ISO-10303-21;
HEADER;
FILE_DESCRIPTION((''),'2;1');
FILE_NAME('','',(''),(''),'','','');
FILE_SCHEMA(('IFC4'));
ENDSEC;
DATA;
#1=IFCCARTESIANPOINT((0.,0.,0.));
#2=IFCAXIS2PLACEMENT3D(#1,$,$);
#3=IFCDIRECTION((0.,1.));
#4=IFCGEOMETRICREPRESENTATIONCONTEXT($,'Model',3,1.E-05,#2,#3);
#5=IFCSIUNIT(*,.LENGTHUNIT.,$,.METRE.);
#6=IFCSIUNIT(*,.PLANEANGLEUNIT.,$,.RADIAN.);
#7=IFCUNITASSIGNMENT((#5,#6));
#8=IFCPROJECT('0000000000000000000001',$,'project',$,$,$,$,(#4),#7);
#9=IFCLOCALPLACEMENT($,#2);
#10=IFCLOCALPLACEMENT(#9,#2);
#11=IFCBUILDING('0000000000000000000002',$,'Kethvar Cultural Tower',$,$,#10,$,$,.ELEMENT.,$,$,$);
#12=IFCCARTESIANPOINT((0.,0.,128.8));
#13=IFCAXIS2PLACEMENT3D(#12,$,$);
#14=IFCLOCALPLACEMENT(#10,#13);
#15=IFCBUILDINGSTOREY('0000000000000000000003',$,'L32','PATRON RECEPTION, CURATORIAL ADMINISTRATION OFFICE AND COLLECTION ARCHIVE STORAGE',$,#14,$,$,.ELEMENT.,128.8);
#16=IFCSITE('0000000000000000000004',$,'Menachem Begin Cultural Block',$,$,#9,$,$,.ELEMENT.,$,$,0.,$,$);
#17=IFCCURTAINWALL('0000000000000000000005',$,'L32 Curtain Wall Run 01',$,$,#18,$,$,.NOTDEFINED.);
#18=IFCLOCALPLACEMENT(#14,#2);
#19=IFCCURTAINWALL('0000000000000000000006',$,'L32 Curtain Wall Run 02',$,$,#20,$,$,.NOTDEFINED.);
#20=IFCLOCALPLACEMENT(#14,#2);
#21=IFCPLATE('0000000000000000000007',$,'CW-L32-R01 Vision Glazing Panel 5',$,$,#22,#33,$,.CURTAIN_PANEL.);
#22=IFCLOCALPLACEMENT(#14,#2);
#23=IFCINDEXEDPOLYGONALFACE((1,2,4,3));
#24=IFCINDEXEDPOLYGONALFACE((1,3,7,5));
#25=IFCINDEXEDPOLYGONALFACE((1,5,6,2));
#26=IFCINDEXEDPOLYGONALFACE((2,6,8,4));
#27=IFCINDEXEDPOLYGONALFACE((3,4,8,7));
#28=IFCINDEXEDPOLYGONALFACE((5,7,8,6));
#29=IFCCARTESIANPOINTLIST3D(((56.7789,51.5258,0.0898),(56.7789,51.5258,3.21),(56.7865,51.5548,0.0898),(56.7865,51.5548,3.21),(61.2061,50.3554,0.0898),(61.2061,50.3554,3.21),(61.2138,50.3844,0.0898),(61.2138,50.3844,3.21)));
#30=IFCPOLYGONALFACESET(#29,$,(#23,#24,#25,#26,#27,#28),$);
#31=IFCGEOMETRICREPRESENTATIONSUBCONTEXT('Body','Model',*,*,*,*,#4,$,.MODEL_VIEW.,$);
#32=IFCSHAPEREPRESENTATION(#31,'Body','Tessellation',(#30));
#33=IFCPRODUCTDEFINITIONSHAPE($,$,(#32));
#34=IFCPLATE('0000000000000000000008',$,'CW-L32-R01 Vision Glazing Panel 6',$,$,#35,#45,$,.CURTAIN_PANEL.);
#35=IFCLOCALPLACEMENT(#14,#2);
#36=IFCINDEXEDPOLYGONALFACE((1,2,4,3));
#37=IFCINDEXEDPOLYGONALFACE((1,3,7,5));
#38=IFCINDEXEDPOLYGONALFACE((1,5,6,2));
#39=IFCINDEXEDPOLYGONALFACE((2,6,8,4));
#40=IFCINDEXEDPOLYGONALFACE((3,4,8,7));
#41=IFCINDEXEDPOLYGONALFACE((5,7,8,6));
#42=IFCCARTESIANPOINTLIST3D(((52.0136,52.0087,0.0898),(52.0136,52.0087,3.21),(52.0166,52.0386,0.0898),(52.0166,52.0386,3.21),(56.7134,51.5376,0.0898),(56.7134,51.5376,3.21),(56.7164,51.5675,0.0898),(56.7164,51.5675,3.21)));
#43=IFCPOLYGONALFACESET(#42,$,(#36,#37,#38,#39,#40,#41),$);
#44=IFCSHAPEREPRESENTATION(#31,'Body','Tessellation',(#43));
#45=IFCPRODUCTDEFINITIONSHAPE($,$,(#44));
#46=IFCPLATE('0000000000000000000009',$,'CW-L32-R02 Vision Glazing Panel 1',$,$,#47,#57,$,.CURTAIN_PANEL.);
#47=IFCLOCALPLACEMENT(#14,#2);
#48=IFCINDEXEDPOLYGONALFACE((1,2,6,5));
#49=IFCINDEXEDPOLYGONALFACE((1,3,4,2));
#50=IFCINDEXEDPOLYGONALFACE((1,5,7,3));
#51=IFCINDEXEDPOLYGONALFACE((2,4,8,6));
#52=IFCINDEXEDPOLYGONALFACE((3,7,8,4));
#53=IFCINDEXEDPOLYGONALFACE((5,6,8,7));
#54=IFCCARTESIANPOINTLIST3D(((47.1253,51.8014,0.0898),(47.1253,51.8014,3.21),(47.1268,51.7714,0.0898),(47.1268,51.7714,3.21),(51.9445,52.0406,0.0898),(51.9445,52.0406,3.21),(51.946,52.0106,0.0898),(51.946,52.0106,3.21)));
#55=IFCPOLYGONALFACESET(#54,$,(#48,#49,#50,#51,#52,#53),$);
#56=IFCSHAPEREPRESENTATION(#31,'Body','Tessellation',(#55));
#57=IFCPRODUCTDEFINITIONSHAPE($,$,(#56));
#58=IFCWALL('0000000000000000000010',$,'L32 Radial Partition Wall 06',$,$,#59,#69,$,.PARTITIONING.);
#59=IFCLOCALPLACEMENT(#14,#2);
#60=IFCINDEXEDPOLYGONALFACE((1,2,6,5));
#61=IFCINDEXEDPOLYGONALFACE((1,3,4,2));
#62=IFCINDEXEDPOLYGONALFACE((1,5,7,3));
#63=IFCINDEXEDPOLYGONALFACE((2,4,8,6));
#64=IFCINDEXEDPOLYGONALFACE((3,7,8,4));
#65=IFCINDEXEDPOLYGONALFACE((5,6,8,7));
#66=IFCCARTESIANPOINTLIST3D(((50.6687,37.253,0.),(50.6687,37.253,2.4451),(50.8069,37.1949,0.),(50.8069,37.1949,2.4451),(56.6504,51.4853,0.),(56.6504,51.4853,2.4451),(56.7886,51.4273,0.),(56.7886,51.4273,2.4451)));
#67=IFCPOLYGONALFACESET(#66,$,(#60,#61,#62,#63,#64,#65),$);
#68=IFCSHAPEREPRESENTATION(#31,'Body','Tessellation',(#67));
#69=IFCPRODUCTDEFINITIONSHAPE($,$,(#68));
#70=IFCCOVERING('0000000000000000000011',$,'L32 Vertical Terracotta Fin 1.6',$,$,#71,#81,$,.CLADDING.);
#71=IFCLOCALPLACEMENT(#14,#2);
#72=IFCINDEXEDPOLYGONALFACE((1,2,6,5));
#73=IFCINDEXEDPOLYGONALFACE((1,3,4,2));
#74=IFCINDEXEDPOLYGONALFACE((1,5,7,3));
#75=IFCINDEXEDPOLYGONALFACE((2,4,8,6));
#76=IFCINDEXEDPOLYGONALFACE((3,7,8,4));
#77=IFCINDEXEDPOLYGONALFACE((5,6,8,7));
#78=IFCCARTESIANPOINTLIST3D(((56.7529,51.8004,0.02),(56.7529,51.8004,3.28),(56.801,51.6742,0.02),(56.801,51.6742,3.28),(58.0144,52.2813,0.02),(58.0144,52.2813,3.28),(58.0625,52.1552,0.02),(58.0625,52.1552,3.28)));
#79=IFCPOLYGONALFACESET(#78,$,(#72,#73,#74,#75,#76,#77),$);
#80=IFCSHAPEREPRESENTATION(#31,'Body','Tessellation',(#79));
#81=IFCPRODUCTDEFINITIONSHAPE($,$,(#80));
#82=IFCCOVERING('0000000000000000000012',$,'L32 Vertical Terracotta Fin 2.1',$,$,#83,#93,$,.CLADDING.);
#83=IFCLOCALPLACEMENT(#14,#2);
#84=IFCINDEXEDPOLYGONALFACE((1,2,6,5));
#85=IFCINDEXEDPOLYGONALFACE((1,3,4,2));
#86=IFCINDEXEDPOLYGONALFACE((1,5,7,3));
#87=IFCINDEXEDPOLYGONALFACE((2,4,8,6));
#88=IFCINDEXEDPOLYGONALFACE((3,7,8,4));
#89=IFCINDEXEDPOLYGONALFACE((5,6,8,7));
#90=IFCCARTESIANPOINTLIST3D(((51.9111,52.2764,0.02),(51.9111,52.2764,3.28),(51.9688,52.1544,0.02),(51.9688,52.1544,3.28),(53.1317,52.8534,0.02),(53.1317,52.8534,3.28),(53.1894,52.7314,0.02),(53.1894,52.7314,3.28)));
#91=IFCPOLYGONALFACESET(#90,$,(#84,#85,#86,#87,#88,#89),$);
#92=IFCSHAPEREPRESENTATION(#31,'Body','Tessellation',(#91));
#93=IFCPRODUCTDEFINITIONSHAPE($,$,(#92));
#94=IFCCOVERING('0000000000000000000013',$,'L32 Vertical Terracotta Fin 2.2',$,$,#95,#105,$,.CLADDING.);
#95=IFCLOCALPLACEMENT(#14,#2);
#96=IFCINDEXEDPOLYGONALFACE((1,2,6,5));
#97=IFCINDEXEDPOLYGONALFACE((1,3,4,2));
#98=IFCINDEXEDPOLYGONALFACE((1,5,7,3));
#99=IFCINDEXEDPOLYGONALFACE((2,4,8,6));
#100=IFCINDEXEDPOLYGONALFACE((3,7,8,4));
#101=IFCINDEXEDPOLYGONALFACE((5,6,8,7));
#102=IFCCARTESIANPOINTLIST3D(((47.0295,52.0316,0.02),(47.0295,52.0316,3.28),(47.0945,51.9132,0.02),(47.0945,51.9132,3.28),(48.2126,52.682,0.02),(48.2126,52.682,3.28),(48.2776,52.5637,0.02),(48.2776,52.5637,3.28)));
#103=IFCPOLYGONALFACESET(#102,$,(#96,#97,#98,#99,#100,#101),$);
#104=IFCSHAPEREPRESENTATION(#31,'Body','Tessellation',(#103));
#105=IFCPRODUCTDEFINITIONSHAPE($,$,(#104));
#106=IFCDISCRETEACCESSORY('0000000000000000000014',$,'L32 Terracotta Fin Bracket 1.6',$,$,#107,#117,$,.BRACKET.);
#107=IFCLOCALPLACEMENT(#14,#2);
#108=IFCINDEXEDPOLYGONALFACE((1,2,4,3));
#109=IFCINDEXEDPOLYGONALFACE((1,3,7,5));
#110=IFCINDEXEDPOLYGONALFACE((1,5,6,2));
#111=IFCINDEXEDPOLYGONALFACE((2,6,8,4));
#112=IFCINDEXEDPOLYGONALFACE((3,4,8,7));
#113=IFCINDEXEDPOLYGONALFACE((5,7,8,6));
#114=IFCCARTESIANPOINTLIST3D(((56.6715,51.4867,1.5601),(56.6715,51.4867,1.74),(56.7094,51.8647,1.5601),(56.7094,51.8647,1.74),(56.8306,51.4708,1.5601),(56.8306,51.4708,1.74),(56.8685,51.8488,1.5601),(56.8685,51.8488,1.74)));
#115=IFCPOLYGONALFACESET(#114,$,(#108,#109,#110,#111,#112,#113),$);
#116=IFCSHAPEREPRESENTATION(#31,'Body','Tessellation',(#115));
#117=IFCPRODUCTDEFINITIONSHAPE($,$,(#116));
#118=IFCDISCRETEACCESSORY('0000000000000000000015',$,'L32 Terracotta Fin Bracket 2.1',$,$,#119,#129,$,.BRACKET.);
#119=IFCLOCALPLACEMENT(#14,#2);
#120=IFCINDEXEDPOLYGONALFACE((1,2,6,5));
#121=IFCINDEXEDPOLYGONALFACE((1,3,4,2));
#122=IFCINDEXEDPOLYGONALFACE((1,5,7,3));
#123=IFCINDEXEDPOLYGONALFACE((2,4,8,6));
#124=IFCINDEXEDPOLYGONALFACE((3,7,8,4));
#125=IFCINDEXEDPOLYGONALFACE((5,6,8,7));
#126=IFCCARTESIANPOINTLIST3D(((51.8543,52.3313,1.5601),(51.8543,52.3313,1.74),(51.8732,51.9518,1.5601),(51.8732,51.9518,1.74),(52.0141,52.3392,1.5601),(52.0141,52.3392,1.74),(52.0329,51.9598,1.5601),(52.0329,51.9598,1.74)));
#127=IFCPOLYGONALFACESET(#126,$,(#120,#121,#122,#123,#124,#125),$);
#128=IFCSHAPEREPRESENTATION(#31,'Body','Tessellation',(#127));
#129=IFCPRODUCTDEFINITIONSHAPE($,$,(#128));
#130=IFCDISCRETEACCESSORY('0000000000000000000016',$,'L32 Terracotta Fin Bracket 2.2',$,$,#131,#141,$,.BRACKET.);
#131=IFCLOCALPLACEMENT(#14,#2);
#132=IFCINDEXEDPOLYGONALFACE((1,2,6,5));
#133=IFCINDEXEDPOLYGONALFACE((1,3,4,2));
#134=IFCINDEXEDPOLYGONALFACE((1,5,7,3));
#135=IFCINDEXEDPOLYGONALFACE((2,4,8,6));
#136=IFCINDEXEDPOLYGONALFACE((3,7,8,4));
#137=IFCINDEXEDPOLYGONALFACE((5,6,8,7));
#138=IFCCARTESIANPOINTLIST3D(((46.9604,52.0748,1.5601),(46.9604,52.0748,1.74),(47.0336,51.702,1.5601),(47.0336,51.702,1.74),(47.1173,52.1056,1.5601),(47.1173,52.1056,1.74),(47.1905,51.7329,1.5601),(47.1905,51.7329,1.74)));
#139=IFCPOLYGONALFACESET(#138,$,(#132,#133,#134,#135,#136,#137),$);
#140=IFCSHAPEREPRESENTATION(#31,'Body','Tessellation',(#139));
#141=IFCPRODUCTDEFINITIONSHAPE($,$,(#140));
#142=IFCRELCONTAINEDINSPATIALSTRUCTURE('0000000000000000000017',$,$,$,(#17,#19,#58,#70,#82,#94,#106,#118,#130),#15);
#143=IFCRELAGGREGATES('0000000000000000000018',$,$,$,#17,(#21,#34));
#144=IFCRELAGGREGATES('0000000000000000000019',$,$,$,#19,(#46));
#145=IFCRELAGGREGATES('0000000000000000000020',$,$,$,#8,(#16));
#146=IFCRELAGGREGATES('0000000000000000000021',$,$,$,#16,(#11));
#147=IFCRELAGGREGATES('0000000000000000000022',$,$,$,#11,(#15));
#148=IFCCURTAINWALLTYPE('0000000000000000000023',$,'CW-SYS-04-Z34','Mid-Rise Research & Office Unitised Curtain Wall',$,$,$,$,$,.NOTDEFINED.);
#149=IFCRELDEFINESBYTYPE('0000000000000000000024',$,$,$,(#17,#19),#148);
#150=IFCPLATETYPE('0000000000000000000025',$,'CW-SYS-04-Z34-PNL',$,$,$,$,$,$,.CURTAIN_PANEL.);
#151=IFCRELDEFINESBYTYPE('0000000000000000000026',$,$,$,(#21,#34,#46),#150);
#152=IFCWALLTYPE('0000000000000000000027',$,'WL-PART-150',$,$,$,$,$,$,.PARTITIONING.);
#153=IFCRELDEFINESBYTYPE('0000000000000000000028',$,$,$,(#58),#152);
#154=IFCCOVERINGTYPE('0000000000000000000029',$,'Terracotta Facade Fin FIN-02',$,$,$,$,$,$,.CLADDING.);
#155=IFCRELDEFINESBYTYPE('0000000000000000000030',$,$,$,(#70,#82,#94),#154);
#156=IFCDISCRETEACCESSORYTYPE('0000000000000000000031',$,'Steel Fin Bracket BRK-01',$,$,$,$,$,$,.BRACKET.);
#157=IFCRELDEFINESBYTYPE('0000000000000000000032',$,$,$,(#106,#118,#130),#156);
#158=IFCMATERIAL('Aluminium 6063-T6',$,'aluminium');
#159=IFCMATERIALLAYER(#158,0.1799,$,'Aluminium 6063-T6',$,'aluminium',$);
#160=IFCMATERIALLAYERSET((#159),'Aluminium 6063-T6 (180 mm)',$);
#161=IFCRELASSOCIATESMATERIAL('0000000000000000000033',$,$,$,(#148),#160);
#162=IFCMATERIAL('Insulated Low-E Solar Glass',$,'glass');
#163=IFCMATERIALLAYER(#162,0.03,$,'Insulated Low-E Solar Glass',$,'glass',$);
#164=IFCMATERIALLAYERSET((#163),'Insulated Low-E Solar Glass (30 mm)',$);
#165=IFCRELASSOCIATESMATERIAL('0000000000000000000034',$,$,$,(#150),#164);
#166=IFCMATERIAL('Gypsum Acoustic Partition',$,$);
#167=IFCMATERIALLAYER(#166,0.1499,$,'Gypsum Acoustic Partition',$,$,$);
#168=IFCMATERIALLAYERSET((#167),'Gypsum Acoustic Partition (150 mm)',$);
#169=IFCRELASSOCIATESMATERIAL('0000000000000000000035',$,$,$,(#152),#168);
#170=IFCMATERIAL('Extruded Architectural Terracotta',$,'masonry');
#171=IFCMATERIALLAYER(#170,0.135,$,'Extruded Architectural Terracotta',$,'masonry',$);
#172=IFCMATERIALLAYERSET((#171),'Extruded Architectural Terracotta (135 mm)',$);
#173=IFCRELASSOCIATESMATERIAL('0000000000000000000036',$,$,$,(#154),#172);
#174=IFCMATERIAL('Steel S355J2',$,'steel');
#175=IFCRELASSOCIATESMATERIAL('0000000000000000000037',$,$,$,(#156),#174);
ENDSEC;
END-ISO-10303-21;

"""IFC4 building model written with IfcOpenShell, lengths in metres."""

from ifc_helpers import new_model, si_unit, direction, frame, frame_2d, origin, origin_2d, place, context, subcontext, project, spatial, rectangle, extrude, source, transform, mapped, material, layer, layer_set, type_object, element, aggregate, save


model = new_model("IFC4")

# Units and contexts
model_context = context("Model", 3, precision=1e-05, world=origin(), true_north=direction((0.0, 1.0)))
body_context = subcontext(model_context, "Body", "Model", "MODEL_VIEW")
ifc_project = project(units=[si_unit("LENGTHUNIT", "METRE"), si_unit("PLANEANGLEUNIT", "RADIAN")], contexts=[model_context])

# Site, building, storey
site_placement = place(None, origin())
site = spatial("IfcSite", under=ifc_project, at=site_placement, Name="Menachem Begin Cultural Block", CompositionType="ELEMENT", RefElevation=0.0)
building_placement = place(site_placement, origin())
building = spatial("IfcBuilding", under=site, at=building_placement, Name="Kethvar Cultural Tower", CompositionType="ELEMENT")
storey_placement = place(building_placement, frame((0.0, 0.0, 128.8)))
storey = spatial("IfcBuildingStorey", under=building, at=storey_placement, Name="L32", Description="PATRON RECEPTION, CURATORIAL ADMINISTRATION OFFICE AND COLLECTION ARCHIVE STORAGE", CompositionType="ELEMENT", Elevation=128.8)

# Shared definitions
ifc_material_1 = material(Name="Steel S355J2", Category="steel")

# Curtain walls
ifc_material_2 = material(Name="Aluminium 6063-T6", Category="aluminium")
ifc_layer_1 = layer(ifc_material_2, 0.1799, Name="Aluminium 6063-T6", Category="aluminium")
ifc_layer_set_1 = layer_set([ifc_layer_1], Name="Aluminium 6063-T6 (180 mm)")
curtain_wall_type = type_object("IfcCurtainWallType", Name="CW-SYS-04-Z34", Description="Mid-Rise Research & Office Unitised Curtain Wall", PredefinedType="NOTDEFINED", material=ifc_layer_set_1)
curtain_wall_1_placement = place(storey_placement, origin())
curtain_wall_1 = element("IfcCurtainWall", 1, at=curtain_wall_1_placement, inside=storey, type_object=curtain_wall_type, Name="L32 Curtain Wall Run 01", PredefinedType="NOTDEFINED")
curtain_wall_2_placement = place(storey_placement, origin())
curtain_wall_2 = element("IfcCurtainWall", 2, at=curtain_wall_2_placement, inside=storey, type_object=curtain_wall_type, Name="L32 Curtain Wall Run 02", PredefinedType="NOTDEFINED")

# Plates
ifc_material_3 = material(Name="Insulated Low-E Solar Glass", Category="glass")
ifc_layer_2 = layer(ifc_material_3, 0.03, Name="Insulated Low-E Solar Glass", Category="glass")
ifc_layer_set_2 = layer_set([ifc_layer_2], Name="Insulated Low-E Solar Glass (30 mm)")
plate_type = type_object("IfcPlateType", Name="CW-SYS-04-Z34-PNL", PredefinedType="CURTAIN_PANEL", material=ifc_layer_set_2)
shared_shape_1 = source(origin(), body_context, "Body", "SweptSolid", [
    extrude(rectangle(XDim=4.5793, YDim=0.03, at=origin_2d()), origin(), (0.0, 0.0, 1.0), 3.1201),
])
plate_1_placement = place(storey_placement, frame((58.9963, 50.9551, 0.0898), z_axis=(0.0, 0.0, 1.0), x_axis=(-0.966788, 0.255581, 0.0)))
plate_1 = element("IfcPlate", 3, at=plate_1_placement, type_object=plate_type, Name="CW-L32-R01 Vision Glazing Panel 5", PredefinedType="CURTAIN_PANEL", context=body_context, shape_type="MappedRepresentation", body=[
    mapped(shared_shape_1, transform((0.0, 0.0, 0.0), scale=1.0)),
])
shared_shape_2 = source(origin(), body_context, "Body", "SweptSolid", [
    extrude(rectangle(XDim=4.7234, YDim=0.03, at=origin_2d()), origin(), (0.0, 0.0, 1.0), 3.1201),
])
plate_2_placement = place(storey_placement, frame((54.365, 51.7881, 0.0898), z_axis=(0.0, 0.0, 1.0), x_axis=(-0.995014, 0.099737, 0.0)))
plate_2 = element("IfcPlate", 4, at=plate_2_placement, type_object=plate_type, Name="CW-L32-R01 Vision Glazing Panel 6", PredefinedType="CURTAIN_PANEL", context=body_context, shape_type="MappedRepresentation", body=[
    mapped(shared_shape_2, transform((0.0, 0.0, 0.0), scale=1.0)),
])
aggregate(curtain_wall_1, [plate_1, plate_2])
shared_shape_3 = source(origin(), body_context, "Body", "SweptSolid", [
    extrude(rectangle(XDim=4.8252, YDim=0.03, at=origin_2d()), origin(), (0.0, 0.0, 1.0), 3.1201),
])
plate_3_placement = place(storey_placement, frame((49.5356, 51.906, 0.0898), z_axis=(0.0, 0.0, 1.0), x_axis=(-0.99877, -0.049582, 0.0)))
plate_3 = element("IfcPlate", 5, at=plate_3_placement, type_object=plate_type, Name="CW-L32-R02 Vision Glazing Panel 1", PredefinedType="CURTAIN_PANEL", context=body_context, shape_type="MappedRepresentation", body=[
    mapped(shared_shape_3, transform((0.0, 0.0, 0.0), scale=1.0)),
])
aggregate(curtain_wall_2, [plate_3])

# Wall
ifc_material_4 = material(Name="Gypsum Acoustic Partition")
ifc_layer_3 = layer(ifc_material_4, 0.1499, Name="Gypsum Acoustic Partition")
ifc_layer_set_3 = layer_set([ifc_layer_3], Name="Gypsum Acoustic Partition (150 mm)")
wall_type_1 = type_object("IfcWallType", Name="WL-PART-150", PredefinedType="PARTITIONING", material=ifc_layer_set_3)
wall_1_placement = place(storey_placement, frame((50.7378, 37.2239, 0.0), z_axis=(0.0, 0.0, 1.0), x_axis=(0.387457, 0.921888, 0.0)))
element("IfcWall", 6, at=wall_1_placement, inside=storey, type_object=wall_type_1, Name="L32 Radial Partition Wall 06", PredefinedType="PARTITIONING", context=body_context, shape_type="SweptSolid", body=[
    extrude(rectangle(XDim=15.4382, YDim=0.1499, at=frame_2d((7.7192, 0.0))), origin(), (0.0, 0.0, 1.0), 2.4451),
])

# Coverings
ifc_material_5 = material(Name="Extruded Architectural Terracotta", Category="masonry")
ifc_layer_4 = layer(ifc_material_5, 0.135, Name="Extruded Architectural Terracotta", Category="masonry")
ifc_layer_set_4 = layer_set([ifc_layer_4], Name="Extruded Architectural Terracotta (135 mm)")
covering_type = type_object("IfcCoveringType", Name="Terracotta Facade Fin FIN-02", PredefinedType="CLADDING", material=ifc_layer_set_4)
shared_shape_4 = source(origin(), body_context, "Body", "SweptSolid", [
    extrude(rectangle(XDim=1.3501, YDim=0.135, at=origin_2d()), origin(), (0.0, 0.0, 1.0), 3.26),
])
for number, where, z_axis, x_axis, name in (
    (7, (57.4077, 51.9778, 0.02), (0.0, 0.0, 1.0), (0.934391, 0.356249, 0.0), "L32 Vertical Terracotta Fin 1.6"),
    (8, (52.5503, 52.5039, 0.02), (0.0, 0.0, 1.0), (0.904083, 0.427358, 0.0), "L32 Vertical Terracotta Fin 2.1"),
    (9, (47.6536, 52.2976, 0.02), (0.0, 0.0, 1.0), (0.876307, 0.481754, 0.0), "L32 Vertical Terracotta Fin 2.2"),
):
    element("IfcCovering", number, at=place(storey_placement, frame(where, z_axis=z_axis, x_axis=x_axis)), inside=storey, type_object=covering_type, Name=name, PredefinedType="CLADDING", context=body_context, shape_type="MappedRepresentation", body=[
        mapped(shared_shape_4, transform((0.0, 0.0, 0.0), scale=1.0)),
    ])

# Discrete accessories
discrete_accessory_type = type_object("IfcDiscreteAccessoryType", Name="Steel Fin Bracket BRK-01", PredefinedType="BRACKET", material=ifc_material_1)
shared_shape_5 = source(origin(), body_context, "Body", "SweptSolid", [
    extrude(rectangle(XDim=0.3799, YDim=0.1599, at=origin_2d()), origin(), (0.0, 0.0, 1.0), 0.1799),
])
for number, where, z_axis, x_axis, name in (
    (10, (56.77, 51.6677, 1.5601), (0.0, 0.0, 1.0), (0.099667, 0.995021, 0.0), "L32 Terracotta Fin Bracket 1.6"),
    (11, (51.9436, 52.1455, 1.5601), (0.0, 0.0, 1.0), (-0.049547, 0.998772, 0.0), "L32 Terracotta Fin Bracket 2.1"),
    (12, (47.0754, 51.9038, 1.5601), (0.0, 0.0, 1.0), (-0.192864, 0.981225, 0.0), "L32 Terracotta Fin Bracket 2.2"),
):
    element("IfcDiscreteAccessory", number, at=place(storey_placement, frame(where, z_axis=z_axis, x_axis=x_axis)), inside=storey, type_object=discrete_accessory_type, Name=name, PredefinedType="BRACKET", context=body_context, shape_type="MappedRepresentation", body=[
        mapped(shared_shape_5, transform((0.0, 0.0, 0.0), scale=1.0)),
    ])

save(model, "model.ifc")
